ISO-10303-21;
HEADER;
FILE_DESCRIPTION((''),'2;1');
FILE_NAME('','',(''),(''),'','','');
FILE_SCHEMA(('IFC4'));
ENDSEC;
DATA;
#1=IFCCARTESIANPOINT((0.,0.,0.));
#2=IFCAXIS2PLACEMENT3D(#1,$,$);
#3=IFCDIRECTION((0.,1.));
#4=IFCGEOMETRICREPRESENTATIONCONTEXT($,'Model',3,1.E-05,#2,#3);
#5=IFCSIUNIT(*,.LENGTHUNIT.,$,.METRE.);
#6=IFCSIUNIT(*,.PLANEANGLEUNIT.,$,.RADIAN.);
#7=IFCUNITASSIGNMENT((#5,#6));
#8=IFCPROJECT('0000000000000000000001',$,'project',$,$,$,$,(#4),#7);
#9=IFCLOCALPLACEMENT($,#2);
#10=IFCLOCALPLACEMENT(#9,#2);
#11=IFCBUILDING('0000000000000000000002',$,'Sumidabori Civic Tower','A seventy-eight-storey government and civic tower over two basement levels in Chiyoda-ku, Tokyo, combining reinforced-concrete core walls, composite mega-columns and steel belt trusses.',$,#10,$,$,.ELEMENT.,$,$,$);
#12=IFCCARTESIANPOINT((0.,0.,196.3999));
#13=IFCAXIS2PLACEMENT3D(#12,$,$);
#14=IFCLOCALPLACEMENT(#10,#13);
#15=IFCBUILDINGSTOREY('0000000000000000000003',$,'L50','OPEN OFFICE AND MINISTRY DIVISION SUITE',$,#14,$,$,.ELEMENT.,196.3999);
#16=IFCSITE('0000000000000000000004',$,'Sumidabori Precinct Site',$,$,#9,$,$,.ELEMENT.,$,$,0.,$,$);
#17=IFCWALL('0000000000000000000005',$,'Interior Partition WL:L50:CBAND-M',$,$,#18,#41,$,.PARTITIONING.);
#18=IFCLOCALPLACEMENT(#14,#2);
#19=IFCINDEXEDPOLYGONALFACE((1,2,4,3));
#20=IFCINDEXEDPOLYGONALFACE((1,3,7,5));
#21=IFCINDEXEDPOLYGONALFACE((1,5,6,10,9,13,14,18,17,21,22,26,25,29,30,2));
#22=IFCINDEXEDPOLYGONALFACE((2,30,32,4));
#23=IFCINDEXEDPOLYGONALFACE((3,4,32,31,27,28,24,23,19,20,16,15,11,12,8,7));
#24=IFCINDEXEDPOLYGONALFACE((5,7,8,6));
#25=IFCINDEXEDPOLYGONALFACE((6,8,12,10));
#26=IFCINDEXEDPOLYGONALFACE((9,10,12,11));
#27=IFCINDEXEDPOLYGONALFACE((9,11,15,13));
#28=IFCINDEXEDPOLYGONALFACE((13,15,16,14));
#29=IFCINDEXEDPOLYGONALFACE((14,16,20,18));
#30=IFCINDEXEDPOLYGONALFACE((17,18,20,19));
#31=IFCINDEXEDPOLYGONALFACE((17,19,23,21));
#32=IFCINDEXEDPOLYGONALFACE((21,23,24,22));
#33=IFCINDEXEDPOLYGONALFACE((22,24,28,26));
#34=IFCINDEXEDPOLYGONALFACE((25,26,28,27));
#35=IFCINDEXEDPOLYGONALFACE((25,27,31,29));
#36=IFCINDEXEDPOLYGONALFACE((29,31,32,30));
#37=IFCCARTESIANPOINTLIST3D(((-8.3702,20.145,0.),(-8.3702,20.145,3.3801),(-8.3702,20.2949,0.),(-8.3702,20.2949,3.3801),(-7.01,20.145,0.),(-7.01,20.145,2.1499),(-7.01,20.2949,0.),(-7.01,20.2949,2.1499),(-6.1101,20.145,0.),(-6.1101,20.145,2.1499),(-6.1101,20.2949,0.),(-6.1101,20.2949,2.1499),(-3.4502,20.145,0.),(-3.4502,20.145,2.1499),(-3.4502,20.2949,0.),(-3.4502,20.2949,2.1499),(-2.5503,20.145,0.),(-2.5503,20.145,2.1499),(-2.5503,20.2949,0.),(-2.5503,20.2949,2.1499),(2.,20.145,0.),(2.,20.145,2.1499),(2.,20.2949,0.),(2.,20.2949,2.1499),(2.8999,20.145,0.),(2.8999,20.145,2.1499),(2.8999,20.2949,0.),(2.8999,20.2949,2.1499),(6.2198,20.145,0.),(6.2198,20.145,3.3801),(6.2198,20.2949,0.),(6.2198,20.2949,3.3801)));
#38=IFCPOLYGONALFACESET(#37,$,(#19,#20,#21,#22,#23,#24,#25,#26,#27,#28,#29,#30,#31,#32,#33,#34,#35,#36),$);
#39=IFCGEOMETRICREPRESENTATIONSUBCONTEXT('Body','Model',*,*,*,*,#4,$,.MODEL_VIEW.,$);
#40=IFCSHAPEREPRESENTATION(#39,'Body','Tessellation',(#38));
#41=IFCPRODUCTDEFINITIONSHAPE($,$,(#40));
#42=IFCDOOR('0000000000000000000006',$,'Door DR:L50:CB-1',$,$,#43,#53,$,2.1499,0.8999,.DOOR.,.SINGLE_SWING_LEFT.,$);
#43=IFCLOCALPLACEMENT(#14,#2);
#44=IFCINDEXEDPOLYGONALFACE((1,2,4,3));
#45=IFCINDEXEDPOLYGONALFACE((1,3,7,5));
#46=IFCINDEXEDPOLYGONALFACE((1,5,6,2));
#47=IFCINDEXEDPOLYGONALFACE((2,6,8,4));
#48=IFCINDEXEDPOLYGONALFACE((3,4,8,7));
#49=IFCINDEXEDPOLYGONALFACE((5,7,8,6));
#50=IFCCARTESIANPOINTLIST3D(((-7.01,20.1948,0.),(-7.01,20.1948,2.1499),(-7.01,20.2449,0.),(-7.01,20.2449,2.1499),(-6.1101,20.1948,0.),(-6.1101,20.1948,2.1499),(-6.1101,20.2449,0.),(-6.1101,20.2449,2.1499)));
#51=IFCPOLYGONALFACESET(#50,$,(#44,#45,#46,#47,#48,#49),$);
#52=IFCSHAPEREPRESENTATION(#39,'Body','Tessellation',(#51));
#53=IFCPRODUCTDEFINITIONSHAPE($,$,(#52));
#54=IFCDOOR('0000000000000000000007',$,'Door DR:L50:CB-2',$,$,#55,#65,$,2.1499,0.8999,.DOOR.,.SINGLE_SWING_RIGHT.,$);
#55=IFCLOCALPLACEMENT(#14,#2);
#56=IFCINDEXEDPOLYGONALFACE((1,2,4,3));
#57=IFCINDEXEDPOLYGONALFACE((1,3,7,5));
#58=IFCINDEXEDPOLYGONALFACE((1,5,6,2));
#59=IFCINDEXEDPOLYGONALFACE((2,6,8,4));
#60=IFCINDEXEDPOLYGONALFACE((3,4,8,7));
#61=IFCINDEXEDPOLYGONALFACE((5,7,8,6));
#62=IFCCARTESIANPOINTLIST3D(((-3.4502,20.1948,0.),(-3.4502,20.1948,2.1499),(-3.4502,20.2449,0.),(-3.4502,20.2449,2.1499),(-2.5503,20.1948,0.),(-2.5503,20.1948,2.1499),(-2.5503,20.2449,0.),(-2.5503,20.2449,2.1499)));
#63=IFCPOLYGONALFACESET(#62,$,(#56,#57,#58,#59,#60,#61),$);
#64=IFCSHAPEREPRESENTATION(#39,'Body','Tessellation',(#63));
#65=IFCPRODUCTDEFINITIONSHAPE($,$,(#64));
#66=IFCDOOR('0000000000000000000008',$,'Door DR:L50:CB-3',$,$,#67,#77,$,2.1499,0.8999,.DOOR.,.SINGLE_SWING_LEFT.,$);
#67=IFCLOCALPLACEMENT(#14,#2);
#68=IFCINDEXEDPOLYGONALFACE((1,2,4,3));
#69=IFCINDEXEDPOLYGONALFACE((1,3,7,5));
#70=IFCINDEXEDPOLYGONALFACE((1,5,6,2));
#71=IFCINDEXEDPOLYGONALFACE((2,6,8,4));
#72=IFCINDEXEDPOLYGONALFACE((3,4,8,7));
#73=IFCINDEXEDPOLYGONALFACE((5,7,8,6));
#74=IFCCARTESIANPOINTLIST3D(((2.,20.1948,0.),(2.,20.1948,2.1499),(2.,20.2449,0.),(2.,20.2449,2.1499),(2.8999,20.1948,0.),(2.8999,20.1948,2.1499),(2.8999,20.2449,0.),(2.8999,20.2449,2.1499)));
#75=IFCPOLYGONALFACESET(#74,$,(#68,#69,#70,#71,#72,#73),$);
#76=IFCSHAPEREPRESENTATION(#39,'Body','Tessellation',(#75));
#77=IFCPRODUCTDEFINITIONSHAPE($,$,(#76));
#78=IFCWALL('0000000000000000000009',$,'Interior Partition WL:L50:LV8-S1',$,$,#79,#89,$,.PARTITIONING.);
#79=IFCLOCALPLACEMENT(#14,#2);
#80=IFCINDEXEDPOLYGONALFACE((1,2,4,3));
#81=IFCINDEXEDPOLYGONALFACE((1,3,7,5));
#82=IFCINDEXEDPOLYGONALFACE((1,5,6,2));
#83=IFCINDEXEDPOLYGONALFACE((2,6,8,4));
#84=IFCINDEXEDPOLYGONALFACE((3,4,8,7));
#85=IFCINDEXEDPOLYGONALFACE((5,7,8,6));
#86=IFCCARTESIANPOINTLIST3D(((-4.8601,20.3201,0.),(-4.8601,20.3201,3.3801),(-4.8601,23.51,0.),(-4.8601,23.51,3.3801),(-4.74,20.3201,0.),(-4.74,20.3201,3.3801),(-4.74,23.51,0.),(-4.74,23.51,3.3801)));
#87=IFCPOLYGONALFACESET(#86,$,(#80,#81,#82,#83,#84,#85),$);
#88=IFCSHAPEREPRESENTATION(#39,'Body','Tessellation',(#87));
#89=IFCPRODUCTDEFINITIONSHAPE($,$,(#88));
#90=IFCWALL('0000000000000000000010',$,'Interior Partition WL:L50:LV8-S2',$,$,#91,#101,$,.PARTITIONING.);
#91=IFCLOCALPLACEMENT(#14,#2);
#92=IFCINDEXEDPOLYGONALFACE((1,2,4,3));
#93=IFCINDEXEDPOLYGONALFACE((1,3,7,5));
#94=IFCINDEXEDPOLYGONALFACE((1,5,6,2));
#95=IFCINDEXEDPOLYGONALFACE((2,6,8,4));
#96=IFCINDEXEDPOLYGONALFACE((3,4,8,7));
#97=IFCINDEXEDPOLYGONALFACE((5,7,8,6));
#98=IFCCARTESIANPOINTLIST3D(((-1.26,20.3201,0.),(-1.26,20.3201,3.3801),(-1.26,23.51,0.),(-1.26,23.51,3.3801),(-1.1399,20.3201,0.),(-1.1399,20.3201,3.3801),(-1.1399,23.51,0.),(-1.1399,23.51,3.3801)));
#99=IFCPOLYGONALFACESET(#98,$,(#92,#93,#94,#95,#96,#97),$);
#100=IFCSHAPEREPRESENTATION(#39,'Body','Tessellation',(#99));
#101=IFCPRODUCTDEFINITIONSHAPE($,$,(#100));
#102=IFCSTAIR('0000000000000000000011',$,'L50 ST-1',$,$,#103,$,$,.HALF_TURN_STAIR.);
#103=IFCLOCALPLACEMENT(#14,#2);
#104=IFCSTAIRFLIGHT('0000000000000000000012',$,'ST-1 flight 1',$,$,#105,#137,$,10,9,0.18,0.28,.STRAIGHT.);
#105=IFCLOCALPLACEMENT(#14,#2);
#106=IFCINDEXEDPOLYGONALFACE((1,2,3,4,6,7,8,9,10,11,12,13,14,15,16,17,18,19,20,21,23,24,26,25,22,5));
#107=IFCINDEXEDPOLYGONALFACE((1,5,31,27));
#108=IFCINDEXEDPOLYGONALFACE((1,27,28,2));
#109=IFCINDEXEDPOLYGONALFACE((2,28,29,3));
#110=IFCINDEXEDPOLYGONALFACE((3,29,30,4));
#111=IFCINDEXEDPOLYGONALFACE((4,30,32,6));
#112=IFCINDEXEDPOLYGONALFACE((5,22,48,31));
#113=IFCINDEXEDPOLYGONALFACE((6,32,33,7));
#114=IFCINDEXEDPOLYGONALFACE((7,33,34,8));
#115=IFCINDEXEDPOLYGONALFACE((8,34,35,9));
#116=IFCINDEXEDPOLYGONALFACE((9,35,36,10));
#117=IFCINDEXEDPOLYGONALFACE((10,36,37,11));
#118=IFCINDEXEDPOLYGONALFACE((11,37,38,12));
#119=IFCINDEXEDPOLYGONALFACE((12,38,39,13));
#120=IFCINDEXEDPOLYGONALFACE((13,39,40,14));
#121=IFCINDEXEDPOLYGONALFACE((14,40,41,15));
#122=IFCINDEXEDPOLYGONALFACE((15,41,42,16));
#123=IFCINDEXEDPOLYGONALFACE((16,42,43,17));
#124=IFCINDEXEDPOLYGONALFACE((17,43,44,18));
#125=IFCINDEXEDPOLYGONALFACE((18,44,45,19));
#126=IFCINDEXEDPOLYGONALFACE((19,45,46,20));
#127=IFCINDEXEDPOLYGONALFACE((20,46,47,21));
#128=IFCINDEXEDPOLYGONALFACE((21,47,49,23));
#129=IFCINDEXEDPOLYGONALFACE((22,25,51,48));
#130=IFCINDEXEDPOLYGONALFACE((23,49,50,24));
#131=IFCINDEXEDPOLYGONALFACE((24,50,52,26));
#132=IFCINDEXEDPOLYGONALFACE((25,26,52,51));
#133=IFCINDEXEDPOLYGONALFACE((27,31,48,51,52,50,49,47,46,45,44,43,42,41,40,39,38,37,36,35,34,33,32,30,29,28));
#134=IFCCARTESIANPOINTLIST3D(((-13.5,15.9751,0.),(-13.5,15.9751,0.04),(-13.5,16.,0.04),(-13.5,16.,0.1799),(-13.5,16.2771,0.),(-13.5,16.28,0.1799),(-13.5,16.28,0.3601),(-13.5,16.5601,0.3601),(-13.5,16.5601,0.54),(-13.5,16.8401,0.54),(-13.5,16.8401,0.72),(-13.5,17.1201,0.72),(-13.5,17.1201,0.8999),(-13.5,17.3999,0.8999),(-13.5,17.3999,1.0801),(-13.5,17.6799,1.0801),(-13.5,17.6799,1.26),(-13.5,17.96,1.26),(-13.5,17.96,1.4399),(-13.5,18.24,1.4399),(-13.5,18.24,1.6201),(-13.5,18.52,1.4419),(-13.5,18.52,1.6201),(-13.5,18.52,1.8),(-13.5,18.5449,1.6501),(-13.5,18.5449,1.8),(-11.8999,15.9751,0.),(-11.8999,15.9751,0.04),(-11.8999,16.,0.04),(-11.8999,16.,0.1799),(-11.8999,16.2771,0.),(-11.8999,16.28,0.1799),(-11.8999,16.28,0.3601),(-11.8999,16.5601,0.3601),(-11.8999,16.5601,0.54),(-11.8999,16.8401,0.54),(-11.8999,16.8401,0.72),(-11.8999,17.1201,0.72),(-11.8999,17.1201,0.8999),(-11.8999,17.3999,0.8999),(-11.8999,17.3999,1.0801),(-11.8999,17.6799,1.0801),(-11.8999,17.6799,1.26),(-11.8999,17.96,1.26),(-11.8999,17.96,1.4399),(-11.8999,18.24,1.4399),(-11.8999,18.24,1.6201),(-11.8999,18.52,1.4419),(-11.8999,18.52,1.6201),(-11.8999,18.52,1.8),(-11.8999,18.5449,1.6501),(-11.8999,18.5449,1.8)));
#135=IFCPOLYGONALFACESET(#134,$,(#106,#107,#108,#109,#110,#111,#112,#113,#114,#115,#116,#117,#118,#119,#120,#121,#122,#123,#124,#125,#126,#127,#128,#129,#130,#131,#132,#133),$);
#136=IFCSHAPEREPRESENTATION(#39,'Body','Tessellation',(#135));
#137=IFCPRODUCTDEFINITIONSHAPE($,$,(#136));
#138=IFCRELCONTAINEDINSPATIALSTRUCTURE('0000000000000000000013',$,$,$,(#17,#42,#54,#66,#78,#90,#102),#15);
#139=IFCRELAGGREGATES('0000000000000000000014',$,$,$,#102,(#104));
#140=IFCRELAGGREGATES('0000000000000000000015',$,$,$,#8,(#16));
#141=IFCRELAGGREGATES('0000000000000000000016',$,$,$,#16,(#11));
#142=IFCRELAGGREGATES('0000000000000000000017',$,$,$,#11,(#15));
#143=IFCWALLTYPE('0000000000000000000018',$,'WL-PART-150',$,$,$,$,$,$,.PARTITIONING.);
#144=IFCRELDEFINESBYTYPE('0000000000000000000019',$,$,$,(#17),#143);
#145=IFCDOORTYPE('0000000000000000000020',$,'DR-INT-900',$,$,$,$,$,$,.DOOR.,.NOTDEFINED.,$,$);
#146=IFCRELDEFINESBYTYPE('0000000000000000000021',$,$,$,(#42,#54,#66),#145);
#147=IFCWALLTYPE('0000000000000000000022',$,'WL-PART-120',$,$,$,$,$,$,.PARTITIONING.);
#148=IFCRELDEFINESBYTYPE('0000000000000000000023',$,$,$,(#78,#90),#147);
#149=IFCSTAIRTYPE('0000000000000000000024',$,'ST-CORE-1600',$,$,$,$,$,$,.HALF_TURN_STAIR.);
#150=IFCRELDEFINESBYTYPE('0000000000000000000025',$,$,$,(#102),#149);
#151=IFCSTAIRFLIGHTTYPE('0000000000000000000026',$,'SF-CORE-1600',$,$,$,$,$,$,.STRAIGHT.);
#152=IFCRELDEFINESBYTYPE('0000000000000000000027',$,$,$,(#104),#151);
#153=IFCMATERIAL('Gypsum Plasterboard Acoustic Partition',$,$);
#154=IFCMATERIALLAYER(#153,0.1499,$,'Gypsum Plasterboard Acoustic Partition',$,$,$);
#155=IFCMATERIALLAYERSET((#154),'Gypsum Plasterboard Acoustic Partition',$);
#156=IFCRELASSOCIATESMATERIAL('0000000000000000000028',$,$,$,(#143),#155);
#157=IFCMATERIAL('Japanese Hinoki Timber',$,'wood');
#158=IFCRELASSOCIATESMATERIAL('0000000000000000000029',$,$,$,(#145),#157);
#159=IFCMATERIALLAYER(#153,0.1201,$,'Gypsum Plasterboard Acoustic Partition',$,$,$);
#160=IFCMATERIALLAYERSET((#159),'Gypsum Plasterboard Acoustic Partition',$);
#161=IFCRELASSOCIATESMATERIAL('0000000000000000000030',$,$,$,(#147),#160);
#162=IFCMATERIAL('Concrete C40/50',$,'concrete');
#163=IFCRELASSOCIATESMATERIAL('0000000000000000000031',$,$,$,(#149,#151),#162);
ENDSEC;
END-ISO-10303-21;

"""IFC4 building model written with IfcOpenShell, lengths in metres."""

from ifc_helpers import new_model, si_unit, direction, frame, frame_2d, origin, place, context, subcontext, project, spatial, polyline, rectangle, outline, extrude, source, transform, mapped, material, layer, layer_set, type_object, element, fill, aggregate, save


model = new_model("IFC4")

# Units and contexts
model_context = context("Model", 3, precision=1e-05, world=origin(), true_north=direction((0.0, 1.0)))
body_context = subcontext(model_context, "Body", "Model", "MODEL_VIEW")
ifc_project = project(units=[si_unit("LENGTHUNIT", "METRE"), si_unit("PLANEANGLEUNIT", "RADIAN")], contexts=[model_context])

# Site, building, storey
site_placement = place(None, origin())
site = spatial("IfcSite", under=ifc_project, at=site_placement, Name="Sumidabori Precinct Site", CompositionType="ELEMENT", RefElevation=0.0)
building_placement = place(site_placement, origin())
building = spatial("IfcBuilding", under=site, at=building_placement, Name="Sumidabori Civic Tower", Description="A seventy-eight-storey government and civic tower over two basement levels in Chiyoda-ku, Tokyo, combining reinforced-concrete core walls, composite mega-columns and steel belt trusses.", CompositionType="ELEMENT")
storey_placement = place(building_placement, frame((0.0, 0.0, 196.3999)))
storey = spatial("IfcBuildingStorey", under=building, at=storey_placement, Name="L50", Description="OPEN OFFICE AND MINISTRY DIVISION SUITE", CompositionType="ELEMENT", Elevation=196.3999)

# Shared definitions
ifc_material_1 = material(Name="Gypsum Plasterboard Acoustic Partition")
ifc_layer_1 = layer(ifc_material_1, 0.1499, Name="Gypsum Plasterboard Acoustic Partition")
ifc_layer_set_1 = layer_set([ifc_layer_1], Name="Gypsum Plasterboard Acoustic Partition")
wall_type_1 = type_object("IfcWallType", Name="WL-PART-150", PredefinedType="PARTITIONING", material=ifc_layer_set_1)

# Wall, openings, doors
shared_shape_1 = source(origin(), body_context, "Body", "SweptSolid", [
    extrude(rectangle(XDim=14.5901, YDim=0.1499, at=frame_2d((7.2949, 0.0))), origin(), (0.0, 0.0, 1.0), 3.3801),
])
wall_1_placement = place(storey_placement, frame((-8.3701, 20.22, 0.0), z_axis=(0.0, 0.0, 1.0), x_axis=(1.0, 0.0, 0.0)))
wall_1 = element("IfcWall", 1, at=wall_1_placement, inside=storey, type_object=wall_type_1, Name="Interior Partition WL:L50:CBAND-M", PredefinedType="PARTITIONING", context=body_context, shape_type="MappedRepresentation", body=[
    mapped(shared_shape_1, transform((0.0, 0.0, 0.0), x_axis=(1.0, 0.0, 0.0), y_axis=(0.0, 1.0, 0.0), z_axis=(0.0, 0.0, 1.0), scale=1.0)),
])
opening_1_placement = place(wall_1_placement, frame((1.3601, 0.0, 0.0)))
opening_1 = element("IfcOpeningElement", 2, at=opening_1_placement, cuts=wall_1, PredefinedType="OPENING", context=body_context, shape_type="SweptSolid", body=[
    extrude(rectangle(XDim=0.8999, YDim=2.1499, at=frame_2d((0.45, 1.075))), frame((0.0, 0.0869, 0.0), z_axis=(0.0, -1.0, 0.0), x_axis=(1.0, 0.0, 0.0)), (0.0, 0.0, 1.0), 0.1738),
])
opening_2_placement = place(wall_1_placement, frame((4.9199, 0.0, 0.0)))
opening_2 = element("IfcOpeningElement", 3, at=opening_2_placement, cuts=wall_1, PredefinedType="OPENING", context=body_context, shape_type="SweptSolid", body=[
    extrude(rectangle(XDim=0.8999, YDim=2.1499, at=frame_2d((0.45, 1.075))), frame((0.0, 0.0869, 0.0), z_axis=(0.0, -1.0, 0.0), x_axis=(1.0, 0.0, 0.0)), (0.0, 0.0, 1.0), 0.1738),
])
opening_3_placement = place(wall_1_placement, frame((10.3701, 0.0, 0.0)))
opening_3 = element("IfcOpeningElement", 4, at=opening_3_placement, cuts=wall_1, PredefinedType="OPENING", context=body_context, shape_type="SweptSolid", body=[
    extrude(rectangle(XDim=0.8999, YDim=2.1499, at=frame_2d((0.45, 1.075))), frame((0.0, 0.0869, 0.0), z_axis=(0.0, -1.0, 0.0), x_axis=(1.0, 0.0, 0.0)), (0.0, 0.0, 1.0), 0.1738),
])
ifc_material_2 = material(Name="Japanese Hinoki Timber", Category="wood")
door_type = type_object("IfcDoorType", Name="DR-INT-900", OperationType="NOTDEFINED", PredefinedType="DOOR", material=ifc_material_2)
shared_shape_2 = source(origin(), body_context, "Body", "SweptSolid", [
    extrude(rectangle(XDim=0.8999, YDim=2.1499, at=frame_2d((0.45, 1.075))), frame((0.0, 0.0249, 0.0), z_axis=(0.0, -1.0, 0.0), x_axis=(1.0, 0.0, 0.0)), (0.0, 0.0, 1.0), 0.05),
])
door_1_placement = place(opening_1_placement, origin())
door_1 = element("IfcDoor", 5, at=door_1_placement, inside=storey, type_object=door_type, Name="Door DR:L50:CB-1", OperationType="SINGLE_SWING_LEFT", OverallHeight=2.1499, OverallWidth=0.8999, PredefinedType="DOOR", context=body_context, shape_type="MappedRepresentation", body=[
    mapped(shared_shape_2, transform((0.0, 0.0, 0.0), x_axis=(1.0, 0.0, 0.0), y_axis=(0.0, 1.0, 0.0), z_axis=(0.0, 0.0, 1.0), scale=1.0)),
])
fill(opening_1, door_1)
door_2_placement = place(opening_2_placement, origin())
door_2 = element("IfcDoor", 6, at=door_2_placement, inside=storey, type_object=door_type, Name="Door DR:L50:CB-2", OperationType="SINGLE_SWING_RIGHT", OverallHeight=2.1499, OverallWidth=0.8999, PredefinedType="DOOR", context=body_context, shape_type="MappedRepresentation", body=[
    mapped(shared_shape_2, transform((0.0, 0.0, 0.0), x_axis=(1.0, 0.0, 0.0), y_axis=(0.0, 1.0, 0.0), z_axis=(0.0, 0.0, 1.0), scale=1.0)),
])
fill(opening_2, door_2)
door_3_placement = place(opening_3_placement, origin())
door_3 = element("IfcDoor", 7, at=door_3_placement, inside=storey, type_object=door_type, Name="Door DR:L50:CB-3", OperationType="SINGLE_SWING_LEFT", OverallHeight=2.1499, OverallWidth=0.8999, PredefinedType="DOOR", context=body_context, shape_type="MappedRepresentation", body=[
    mapped(shared_shape_2, transform((0.0, 0.0, 0.0), x_axis=(1.0, 0.0, 0.0), y_axis=(0.0, 1.0, 0.0), z_axis=(0.0, 0.0, 1.0), scale=1.0)),
])
fill(opening_3, door_3)

# Walls
ifc_layer_2 = layer(ifc_material_1, 0.1201, Name="Gypsum Plasterboard Acoustic Partition")
ifc_layer_set_2 = layer_set([ifc_layer_2], Name="Gypsum Plasterboard Acoustic Partition")
wall_type_2 = type_object("IfcWallType", Name="WL-PART-120", PredefinedType="PARTITIONING", material=ifc_layer_set_2)
shared_shape_3 = source(origin(), body_context, "Body", "SweptSolid", [
    extrude(rectangle(XDim=3.1899, YDim=0.1201, at=frame_2d((1.595, 0.0))), origin(), (0.0, 0.0, 1.0), 3.3801),
])
for number, where, z_axis, x_axis, name in (
    (8, (-4.8, 20.3201, 0.0), (0.0, 0.0, 1.0), (0.0, 1.0, 0.0), "Interior Partition WL:L50:LV8-S1"),
    (9, (-1.2, 20.3201, 0.0), (0.0, 0.0, 1.0), (0.0, 1.0, 0.0), "Interior Partition WL:L50:LV8-S2"),
):
    element("IfcWall", number, at=place(storey_placement, frame(where, z_axis=z_axis, x_axis=x_axis)), inside=storey, type_object=wall_type_2, Name=name, PredefinedType="PARTITIONING", context=body_context, shape_type="MappedRepresentation", body=[
        mapped(shared_shape_3, transform((0.0, 0.0, 0.0), x_axis=(1.0, 0.0, 0.0), y_axis=(0.0, 1.0, 0.0), z_axis=(0.0, 0.0, 1.0), scale=1.0)),
    ])

# Stair, stair flight
ifc_material_3 = material(Name="Concrete C40/50", Category="concrete")
stair_type = type_object("IfcStairType", Name="ST-CORE-1600", PredefinedType="HALF_TURN_STAIR", material=ifc_material_3)
stair_placement = place(storey_placement, origin())
stair = element("IfcStair", 10, at=stair_placement, inside=storey, type_object=stair_type, Name="L50 ST-1", PredefinedType="HALF_TURN_STAIR")
stair_flight_type = type_object("IfcStairFlightType", Name="SF-CORE-1600", PredefinedType="STRAIGHT", material=ifc_material_3)
shared_shape_4 = source(origin(), body_context, "Body", "SweptSolid", [
    extrude(outline(polyline([(-0.0249, 0.0), (-0.0249, 0.04), (0.0, 0.04), (0.0, 0.1799), (0.28, 0.1799), (0.28, 0.3601), (0.5601, 0.3601), (0.5601, 0.54), (0.8401, 0.54), (0.8401, 0.72), (1.1201, 0.72), (1.1201, 0.8999), (1.3999, 0.8999), (1.3999, 1.0801), (1.6799, 1.0801), (1.6799, 1.26), (1.96, 1.26), (1.96, 1.4399), (2.24, 1.4399), (2.24, 1.6201), (2.52, 1.6201), (2.52, 1.8), (2.5449, 1.8), (2.5449, 1.6501), (2.52, 1.4419), (0.2771, 0.0), (-0.0249, 0.0)])), frame((0.0, 0.8, 0.0), z_axis=(0.0, -1.0, 0.0), x_axis=(1.0, 0.0, 0.0)), (0.0, 0.0, 1.0), 1.6001),
])
stair_flight_placement = place(storey_placement, frame((-12.7, 16.0, 0.0), z_axis=(0.0, 0.0, 1.0), x_axis=(0.0, 1.0, 0.0)))
stair_flight = element("IfcStairFlight", 11, at=stair_flight_placement, type_object=stair_flight_type, Name="ST-1 flight 1", NumberOfRisers=10, NumberOfTreads=9, PredefinedType="STRAIGHT", RiserHeight=0.18, TreadLength=0.28, context=body_context, shape_type="MappedRepresentation", body=[
    mapped(shared_shape_4, transform((0.0, 0.0, 0.0), x_axis=(1.0, 0.0, 0.0), y_axis=(0.0, 1.0, 0.0), z_axis=(0.0, 0.0, 1.0), scale=1.0)),
])
aggregate(stair, [stair_flight])

save(model, "model.ifc")
